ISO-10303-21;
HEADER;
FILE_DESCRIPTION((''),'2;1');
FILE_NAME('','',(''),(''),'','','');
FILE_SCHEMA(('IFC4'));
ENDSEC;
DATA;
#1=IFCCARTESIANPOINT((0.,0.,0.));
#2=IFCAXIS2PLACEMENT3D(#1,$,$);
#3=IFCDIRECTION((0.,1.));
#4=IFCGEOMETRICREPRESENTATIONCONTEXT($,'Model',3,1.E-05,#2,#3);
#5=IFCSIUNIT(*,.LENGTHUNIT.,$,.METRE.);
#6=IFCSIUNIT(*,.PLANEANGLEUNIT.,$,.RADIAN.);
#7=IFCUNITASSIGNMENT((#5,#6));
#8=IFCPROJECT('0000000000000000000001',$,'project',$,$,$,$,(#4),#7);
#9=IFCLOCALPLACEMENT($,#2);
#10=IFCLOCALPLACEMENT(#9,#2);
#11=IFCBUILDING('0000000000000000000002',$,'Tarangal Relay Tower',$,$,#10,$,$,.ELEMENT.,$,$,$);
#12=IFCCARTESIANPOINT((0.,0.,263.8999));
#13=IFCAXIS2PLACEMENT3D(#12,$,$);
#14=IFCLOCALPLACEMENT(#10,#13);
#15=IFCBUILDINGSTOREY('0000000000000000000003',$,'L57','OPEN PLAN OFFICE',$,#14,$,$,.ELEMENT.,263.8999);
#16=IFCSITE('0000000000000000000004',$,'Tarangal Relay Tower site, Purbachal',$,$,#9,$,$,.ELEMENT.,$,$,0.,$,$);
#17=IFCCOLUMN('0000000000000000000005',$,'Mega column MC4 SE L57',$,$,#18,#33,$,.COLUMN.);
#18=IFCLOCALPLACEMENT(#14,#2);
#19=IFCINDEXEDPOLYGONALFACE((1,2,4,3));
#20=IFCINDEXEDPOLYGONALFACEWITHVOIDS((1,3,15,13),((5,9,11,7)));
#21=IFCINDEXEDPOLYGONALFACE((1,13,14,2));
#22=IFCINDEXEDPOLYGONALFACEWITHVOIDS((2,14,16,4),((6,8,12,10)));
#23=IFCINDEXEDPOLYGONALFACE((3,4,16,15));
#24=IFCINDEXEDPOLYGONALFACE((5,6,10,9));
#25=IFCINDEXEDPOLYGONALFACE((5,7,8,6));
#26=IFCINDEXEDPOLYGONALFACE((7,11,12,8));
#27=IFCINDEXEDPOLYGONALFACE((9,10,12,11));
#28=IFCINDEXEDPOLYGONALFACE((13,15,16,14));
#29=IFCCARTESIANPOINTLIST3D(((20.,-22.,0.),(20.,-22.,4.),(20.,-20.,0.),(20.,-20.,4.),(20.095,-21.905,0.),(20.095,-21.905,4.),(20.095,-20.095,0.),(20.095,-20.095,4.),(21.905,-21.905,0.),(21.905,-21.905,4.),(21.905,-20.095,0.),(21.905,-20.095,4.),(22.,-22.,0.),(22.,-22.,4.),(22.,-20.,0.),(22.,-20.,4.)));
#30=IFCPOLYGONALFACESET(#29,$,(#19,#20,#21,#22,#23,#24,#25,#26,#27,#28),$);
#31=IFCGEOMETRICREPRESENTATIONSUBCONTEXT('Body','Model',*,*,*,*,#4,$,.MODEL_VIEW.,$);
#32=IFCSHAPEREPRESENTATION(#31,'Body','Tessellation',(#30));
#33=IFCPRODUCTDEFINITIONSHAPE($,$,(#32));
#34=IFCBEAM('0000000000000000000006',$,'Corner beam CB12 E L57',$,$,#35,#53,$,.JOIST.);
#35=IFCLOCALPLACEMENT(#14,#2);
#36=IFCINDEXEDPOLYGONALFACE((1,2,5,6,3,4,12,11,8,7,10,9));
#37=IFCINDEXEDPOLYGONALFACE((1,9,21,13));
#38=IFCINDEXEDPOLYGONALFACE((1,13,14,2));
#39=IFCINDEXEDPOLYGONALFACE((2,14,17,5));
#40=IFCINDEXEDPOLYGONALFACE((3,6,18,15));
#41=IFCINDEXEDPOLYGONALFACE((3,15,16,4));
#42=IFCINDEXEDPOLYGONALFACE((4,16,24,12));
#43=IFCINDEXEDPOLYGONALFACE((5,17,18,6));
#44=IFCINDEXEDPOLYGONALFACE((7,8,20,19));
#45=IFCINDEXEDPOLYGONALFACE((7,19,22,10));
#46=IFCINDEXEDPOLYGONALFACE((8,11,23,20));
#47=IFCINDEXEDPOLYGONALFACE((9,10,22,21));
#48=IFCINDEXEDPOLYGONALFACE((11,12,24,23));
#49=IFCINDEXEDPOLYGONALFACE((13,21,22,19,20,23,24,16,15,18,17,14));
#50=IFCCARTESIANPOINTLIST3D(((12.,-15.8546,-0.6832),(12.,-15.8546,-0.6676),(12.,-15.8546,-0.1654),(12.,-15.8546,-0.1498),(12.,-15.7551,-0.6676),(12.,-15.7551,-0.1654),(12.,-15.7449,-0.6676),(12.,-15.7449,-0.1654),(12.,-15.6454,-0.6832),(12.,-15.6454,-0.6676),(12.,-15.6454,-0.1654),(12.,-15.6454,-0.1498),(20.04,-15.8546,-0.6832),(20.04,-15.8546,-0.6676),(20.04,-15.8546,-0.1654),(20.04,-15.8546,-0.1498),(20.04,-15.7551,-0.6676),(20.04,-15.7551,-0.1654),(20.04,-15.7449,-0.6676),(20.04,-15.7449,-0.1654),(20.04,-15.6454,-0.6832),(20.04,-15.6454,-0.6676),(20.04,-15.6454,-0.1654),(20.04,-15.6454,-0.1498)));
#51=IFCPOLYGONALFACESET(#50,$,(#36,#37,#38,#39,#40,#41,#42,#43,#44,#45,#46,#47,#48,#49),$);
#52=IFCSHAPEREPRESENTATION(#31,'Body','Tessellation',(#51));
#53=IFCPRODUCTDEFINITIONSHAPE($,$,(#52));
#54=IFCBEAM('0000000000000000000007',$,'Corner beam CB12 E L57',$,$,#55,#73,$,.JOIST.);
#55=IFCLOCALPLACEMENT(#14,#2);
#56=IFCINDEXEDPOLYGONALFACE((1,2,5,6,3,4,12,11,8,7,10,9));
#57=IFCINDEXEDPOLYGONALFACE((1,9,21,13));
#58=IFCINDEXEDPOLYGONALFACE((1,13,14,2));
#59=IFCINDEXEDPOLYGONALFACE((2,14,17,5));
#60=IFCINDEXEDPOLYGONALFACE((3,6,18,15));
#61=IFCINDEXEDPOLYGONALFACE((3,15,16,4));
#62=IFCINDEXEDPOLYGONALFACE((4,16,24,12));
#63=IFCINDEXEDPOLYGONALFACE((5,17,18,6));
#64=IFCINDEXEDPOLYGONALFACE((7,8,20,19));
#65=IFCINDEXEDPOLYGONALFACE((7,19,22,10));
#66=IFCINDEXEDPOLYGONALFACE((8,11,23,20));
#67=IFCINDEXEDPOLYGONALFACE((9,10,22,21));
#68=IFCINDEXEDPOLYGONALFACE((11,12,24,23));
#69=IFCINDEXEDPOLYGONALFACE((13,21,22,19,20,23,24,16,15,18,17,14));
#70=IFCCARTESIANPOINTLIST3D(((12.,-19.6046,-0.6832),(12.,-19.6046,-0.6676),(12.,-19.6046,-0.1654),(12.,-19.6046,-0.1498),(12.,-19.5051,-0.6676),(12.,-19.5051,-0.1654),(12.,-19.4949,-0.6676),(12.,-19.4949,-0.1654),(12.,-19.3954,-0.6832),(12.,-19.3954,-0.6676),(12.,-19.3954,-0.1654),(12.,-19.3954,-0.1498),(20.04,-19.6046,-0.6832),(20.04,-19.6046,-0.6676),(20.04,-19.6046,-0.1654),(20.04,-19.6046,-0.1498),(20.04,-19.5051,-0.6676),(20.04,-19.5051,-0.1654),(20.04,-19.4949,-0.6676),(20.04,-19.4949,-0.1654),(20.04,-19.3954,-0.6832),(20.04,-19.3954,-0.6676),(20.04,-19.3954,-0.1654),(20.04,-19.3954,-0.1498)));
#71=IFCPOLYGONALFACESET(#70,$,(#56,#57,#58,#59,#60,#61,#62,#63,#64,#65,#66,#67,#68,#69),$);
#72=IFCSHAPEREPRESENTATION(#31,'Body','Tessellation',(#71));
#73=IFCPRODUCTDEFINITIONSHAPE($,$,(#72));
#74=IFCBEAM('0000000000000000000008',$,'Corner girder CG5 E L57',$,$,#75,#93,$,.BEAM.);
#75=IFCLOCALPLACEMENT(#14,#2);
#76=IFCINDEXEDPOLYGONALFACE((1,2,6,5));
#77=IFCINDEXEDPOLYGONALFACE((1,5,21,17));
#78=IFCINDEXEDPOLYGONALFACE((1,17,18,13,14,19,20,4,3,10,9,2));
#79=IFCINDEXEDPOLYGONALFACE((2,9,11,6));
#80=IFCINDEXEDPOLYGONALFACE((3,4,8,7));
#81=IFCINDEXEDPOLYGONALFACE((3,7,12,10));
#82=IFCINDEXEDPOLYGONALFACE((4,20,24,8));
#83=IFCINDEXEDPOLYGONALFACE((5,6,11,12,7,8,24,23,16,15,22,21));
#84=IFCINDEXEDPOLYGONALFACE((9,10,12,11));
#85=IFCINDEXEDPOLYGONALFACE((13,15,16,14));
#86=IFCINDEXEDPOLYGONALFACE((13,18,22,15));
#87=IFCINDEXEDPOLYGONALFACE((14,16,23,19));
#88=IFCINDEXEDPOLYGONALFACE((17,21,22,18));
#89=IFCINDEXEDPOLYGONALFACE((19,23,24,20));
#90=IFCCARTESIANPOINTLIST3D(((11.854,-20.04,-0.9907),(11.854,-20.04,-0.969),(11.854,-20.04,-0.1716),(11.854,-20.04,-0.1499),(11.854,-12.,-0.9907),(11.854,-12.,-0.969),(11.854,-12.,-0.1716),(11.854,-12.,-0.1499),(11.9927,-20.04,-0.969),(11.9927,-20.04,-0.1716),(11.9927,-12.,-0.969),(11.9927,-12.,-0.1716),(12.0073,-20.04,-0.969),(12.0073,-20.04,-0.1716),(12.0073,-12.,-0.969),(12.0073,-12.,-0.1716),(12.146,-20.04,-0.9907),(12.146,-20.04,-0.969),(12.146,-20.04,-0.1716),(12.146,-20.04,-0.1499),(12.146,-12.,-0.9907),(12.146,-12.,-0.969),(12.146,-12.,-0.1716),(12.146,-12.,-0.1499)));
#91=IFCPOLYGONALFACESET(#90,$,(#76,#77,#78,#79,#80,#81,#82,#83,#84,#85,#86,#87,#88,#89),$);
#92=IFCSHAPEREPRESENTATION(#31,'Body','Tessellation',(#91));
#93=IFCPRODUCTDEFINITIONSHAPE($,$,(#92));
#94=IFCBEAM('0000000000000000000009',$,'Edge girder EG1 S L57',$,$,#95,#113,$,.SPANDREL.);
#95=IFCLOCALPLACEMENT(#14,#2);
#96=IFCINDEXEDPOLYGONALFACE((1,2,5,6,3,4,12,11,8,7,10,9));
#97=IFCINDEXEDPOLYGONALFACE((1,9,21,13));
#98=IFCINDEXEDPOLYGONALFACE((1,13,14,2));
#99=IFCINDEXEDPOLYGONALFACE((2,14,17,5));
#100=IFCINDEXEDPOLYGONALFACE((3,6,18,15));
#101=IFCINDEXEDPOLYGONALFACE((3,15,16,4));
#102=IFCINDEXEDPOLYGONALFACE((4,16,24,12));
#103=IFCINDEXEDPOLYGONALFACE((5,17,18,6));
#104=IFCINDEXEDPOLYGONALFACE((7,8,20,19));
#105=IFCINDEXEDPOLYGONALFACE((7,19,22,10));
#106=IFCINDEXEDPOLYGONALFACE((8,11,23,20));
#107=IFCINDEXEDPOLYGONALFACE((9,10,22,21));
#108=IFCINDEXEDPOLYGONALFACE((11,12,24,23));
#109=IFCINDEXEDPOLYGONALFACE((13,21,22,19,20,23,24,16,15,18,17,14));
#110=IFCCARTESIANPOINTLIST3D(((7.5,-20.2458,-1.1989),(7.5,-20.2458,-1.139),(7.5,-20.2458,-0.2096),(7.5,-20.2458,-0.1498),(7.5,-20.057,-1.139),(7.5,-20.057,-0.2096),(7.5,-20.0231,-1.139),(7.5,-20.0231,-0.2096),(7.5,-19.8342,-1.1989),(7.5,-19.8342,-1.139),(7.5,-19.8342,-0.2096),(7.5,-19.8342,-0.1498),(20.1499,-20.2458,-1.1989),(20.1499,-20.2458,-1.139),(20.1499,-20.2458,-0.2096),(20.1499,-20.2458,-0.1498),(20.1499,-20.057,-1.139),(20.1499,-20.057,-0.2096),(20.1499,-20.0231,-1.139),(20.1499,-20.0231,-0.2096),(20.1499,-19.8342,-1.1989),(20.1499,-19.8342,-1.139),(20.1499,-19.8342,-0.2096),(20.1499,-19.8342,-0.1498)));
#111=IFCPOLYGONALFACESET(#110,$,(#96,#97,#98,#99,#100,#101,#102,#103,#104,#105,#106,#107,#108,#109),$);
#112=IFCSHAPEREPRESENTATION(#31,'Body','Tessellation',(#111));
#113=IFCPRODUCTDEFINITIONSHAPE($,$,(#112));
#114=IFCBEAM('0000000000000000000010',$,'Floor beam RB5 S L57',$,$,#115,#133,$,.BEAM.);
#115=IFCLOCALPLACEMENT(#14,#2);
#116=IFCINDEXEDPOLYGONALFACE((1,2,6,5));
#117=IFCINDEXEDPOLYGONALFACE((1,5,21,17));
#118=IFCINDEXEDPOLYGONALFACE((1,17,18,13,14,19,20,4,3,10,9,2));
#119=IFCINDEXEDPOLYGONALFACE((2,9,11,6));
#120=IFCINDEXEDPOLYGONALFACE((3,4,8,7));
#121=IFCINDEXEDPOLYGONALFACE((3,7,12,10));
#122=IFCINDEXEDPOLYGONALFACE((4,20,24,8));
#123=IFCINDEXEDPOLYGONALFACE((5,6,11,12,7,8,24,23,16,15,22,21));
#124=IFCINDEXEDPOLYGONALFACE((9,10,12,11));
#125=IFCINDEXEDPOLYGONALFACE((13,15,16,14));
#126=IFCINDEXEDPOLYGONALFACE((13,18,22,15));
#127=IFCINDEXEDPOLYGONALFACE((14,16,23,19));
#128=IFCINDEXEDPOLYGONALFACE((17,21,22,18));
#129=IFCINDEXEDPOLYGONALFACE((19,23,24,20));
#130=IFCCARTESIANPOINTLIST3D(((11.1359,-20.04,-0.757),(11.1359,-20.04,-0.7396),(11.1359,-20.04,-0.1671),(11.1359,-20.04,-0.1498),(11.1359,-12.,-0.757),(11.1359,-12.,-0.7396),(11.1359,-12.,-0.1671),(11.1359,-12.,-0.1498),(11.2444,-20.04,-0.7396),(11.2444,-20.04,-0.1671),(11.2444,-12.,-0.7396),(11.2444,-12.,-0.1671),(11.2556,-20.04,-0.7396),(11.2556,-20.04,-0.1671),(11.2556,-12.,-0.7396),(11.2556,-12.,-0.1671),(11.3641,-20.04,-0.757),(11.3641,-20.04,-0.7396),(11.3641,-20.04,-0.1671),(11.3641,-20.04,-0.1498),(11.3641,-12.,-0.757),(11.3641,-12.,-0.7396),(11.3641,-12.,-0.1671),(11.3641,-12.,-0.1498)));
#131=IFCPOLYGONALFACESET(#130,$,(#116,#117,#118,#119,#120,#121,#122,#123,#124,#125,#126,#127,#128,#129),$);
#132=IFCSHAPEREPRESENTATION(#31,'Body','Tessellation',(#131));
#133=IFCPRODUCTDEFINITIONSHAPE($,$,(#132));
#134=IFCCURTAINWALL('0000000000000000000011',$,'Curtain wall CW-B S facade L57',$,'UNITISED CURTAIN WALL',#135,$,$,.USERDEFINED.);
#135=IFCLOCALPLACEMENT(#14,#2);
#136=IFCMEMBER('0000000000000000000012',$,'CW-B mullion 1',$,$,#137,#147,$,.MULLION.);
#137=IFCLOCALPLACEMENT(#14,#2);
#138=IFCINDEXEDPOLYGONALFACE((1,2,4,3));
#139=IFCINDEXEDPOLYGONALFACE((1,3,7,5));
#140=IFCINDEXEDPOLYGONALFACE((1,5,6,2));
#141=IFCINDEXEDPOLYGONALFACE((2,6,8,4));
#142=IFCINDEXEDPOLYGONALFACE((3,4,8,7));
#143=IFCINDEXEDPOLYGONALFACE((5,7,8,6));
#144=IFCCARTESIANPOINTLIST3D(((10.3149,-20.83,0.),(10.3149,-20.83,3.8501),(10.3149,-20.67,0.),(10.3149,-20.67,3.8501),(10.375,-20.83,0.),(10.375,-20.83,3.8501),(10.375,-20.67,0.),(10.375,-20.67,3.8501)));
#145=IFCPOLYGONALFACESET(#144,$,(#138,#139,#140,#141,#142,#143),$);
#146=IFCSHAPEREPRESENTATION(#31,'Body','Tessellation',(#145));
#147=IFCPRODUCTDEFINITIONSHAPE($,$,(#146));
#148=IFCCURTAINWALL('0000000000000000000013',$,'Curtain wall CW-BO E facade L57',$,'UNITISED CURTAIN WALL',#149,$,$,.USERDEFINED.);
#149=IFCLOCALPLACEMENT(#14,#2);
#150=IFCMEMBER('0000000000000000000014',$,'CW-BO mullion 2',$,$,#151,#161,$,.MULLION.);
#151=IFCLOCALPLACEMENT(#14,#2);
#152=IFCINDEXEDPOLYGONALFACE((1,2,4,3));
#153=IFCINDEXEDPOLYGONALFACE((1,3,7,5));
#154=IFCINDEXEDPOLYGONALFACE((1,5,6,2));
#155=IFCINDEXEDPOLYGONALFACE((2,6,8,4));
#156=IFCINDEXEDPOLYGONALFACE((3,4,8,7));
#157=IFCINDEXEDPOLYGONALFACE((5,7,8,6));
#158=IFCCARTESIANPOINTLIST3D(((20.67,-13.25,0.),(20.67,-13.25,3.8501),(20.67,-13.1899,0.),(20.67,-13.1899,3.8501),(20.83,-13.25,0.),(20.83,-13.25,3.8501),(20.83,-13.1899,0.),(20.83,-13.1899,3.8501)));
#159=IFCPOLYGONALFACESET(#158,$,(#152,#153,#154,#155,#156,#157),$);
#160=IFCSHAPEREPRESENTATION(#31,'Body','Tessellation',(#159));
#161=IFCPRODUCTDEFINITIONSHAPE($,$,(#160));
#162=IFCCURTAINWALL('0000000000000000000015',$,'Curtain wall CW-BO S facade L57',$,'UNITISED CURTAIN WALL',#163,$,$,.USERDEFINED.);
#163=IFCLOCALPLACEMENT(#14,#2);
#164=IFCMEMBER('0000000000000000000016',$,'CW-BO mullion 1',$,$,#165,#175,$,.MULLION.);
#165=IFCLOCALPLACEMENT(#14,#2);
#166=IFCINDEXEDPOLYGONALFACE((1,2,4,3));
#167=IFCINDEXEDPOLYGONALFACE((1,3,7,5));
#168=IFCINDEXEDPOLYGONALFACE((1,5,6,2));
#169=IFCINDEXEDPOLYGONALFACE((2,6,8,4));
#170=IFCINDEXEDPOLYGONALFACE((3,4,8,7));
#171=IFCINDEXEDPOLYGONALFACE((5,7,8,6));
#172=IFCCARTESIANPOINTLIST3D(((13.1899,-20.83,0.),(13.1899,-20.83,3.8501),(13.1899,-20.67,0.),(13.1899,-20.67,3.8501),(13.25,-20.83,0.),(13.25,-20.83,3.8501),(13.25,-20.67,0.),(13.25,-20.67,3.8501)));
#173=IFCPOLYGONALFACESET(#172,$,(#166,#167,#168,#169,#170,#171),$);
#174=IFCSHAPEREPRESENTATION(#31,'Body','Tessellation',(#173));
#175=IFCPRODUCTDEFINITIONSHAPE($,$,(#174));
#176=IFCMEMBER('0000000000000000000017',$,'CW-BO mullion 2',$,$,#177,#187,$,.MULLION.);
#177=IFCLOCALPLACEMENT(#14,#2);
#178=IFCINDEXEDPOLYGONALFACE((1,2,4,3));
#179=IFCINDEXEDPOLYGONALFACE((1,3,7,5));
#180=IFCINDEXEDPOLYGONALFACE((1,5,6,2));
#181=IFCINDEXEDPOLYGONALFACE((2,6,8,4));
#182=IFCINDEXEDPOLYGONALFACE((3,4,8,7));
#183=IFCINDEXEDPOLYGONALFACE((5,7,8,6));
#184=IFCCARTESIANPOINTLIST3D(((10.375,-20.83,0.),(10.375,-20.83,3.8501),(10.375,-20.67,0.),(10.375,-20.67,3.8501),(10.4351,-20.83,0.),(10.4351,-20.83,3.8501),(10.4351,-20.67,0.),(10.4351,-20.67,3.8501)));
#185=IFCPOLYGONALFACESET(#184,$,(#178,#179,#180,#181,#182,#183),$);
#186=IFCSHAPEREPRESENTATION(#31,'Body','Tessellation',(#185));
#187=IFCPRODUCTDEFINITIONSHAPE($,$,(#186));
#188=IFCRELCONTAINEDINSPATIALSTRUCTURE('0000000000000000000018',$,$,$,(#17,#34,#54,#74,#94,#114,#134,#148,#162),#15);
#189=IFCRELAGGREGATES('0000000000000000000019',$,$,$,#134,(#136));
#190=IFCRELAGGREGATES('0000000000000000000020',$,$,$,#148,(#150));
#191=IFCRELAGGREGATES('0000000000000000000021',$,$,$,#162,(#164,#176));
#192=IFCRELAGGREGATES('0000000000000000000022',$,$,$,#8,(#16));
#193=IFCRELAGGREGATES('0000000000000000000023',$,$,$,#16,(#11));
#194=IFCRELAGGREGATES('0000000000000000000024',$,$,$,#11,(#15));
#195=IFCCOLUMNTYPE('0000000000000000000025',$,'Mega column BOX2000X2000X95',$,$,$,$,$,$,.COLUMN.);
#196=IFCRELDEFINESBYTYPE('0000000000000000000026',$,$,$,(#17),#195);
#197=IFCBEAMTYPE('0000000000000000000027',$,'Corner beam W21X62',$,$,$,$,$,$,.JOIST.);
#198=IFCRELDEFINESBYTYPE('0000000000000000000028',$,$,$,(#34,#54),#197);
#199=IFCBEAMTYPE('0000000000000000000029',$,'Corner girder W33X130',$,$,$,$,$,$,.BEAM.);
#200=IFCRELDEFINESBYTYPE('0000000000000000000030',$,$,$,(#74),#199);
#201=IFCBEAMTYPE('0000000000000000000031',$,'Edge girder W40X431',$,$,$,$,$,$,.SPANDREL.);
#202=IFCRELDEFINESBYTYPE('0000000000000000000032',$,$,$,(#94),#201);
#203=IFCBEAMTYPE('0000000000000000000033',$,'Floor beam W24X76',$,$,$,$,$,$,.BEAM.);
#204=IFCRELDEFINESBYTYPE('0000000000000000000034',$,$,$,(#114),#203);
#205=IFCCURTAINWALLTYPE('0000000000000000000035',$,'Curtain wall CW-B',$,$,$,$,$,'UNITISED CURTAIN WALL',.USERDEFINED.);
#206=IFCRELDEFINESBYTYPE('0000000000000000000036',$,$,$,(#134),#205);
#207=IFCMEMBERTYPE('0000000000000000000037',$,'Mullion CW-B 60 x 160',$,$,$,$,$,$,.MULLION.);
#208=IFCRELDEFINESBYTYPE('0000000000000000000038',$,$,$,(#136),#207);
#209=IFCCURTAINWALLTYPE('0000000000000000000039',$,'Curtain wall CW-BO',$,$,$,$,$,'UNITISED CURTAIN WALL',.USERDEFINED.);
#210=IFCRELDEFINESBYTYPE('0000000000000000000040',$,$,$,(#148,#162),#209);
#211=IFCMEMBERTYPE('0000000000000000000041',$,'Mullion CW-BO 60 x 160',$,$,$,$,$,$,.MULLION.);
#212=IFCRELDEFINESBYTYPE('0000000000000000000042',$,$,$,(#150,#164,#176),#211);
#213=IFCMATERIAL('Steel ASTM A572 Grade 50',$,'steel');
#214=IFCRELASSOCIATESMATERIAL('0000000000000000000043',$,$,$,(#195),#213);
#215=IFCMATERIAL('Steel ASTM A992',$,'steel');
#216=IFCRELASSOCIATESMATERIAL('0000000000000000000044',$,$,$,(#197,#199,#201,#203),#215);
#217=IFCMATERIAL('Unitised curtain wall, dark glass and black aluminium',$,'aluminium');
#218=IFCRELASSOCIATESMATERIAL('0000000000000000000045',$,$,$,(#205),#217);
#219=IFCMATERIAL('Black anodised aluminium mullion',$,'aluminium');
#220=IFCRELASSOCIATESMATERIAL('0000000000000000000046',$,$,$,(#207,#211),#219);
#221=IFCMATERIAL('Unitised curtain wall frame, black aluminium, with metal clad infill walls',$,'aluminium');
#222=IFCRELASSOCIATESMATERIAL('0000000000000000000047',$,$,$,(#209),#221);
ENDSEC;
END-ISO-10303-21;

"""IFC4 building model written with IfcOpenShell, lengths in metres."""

from ifc_helpers import new_model, si_unit, direction, frame, origin, origin_2d, place, context, subcontext, project, spatial, rectangle, hollow_rectangle, i_section, extrude, material, material_profile, profile_set, type_object, element, aggregate, save


model = new_model("IFC4")

# Units and contexts
model_context = context("Model", 3, precision=1e-05, world=origin(), true_north=direction((0.0, 1.0)))
body_context = subcontext(model_context, "Body", "Model", "MODEL_VIEW")
ifc_project = project(units=[si_unit("LENGTHUNIT", "METRE"), si_unit("PLANEANGLEUNIT", "RADIAN")], contexts=[model_context])

# Site, building, storey
site_placement = place(None, origin())
site = spatial("IfcSite", under=ifc_project, at=site_placement, Name="Tarangal Relay Tower site, Purbachal", CompositionType="ELEMENT", RefElevation=0.0)
building_placement = place(site_placement, origin())
building = spatial("IfcBuilding", under=site, at=building_placement, Name="Tarangal Relay Tower", CompositionType="ELEMENT")
storey_placement = place(building_placement, frame((0.0, 0.0, 263.8999)))
storey = spatial("IfcBuildingStorey", under=building, at=storey_placement, Name="L57", Description="OPEN PLAN OFFICE", CompositionType="ELEMENT", Elevation=263.8999)

# Column
ifc_material_1 = material(Name="Steel ASTM A572 Grade 50", Category="steel")
ifc_material_profile_1 = material_profile(ifc_material_1, hollow_rectangle(XDim=2.0, YDim=2.0, WallThickness=0.095, at=origin_2d()), Name="BOX2000X2000X95")
ifc_profile_set_1 = profile_set([ifc_material_profile_1], Name="Steel ASTM A572 Grade 50")
column_type = type_object("IfcColumnType", Name="Mega column BOX2000X2000X95", PredefinedType="COLUMN", material=ifc_profile_set_1)
column_placement = place(storey_placement, frame((21.0, -21.0, 0.0), z_axis=(0.0, 0.0, 1.0), x_axis=(1.0, 0.0, 0.0)))
element("IfcColumn", 1, at=column_placement, inside=storey, type_object=column_type, Name="Mega column MC4 SE L57", PredefinedType="COLUMN", context=body_context, shape_type="SweptSolid", body=[
    extrude(hollow_rectangle(XDim=2.0, YDim=2.0, WallThickness=0.095, at=origin_2d()), origin(), (0.0, 0.0, 1.0), 4.0),
])

# Beams
ifc_material_2 = material(Name="Steel ASTM A992", Category="steel")
ifc_material_profile_2 = material_profile(ifc_material_2, i_section(OverallWidth=0.2092, OverallDepth=0.5334, WebThickness=0.0103, FlangeThickness=0.0156, at=origin_2d()), Name="W21X62")
ifc_profile_set_2 = profile_set([ifc_material_profile_2], Name="Steel ASTM A992")
beam_type_1 = type_object("IfcBeamType", Name="Corner beam W21X62", PredefinedType="JOIST", material=ifc_profile_set_2)
for number, where, z_axis, x_axis, name in (
    (2, (12.0, -15.75, -0.4165), (1.0, 0.0, 0.0), (0.0, 1.0, 0.0), "Corner beam CB12 E L57"),
    (3, (12.0, -19.5, -0.4165), (1.0, 0.0, 0.0), (0.0, 1.0, 0.0), "Corner beam CB12 E L57"),
):
    element("IfcBeam", number, at=place(storey_placement, frame(where, z_axis=z_axis, x_axis=x_axis)), inside=storey, type_object=beam_type_1, Name=name, PredefinedType="JOIST", context=body_context, shape_type="SweptSolid", body=[
        extrude(i_section(OverallWidth=0.2092, OverallDepth=0.5334, WebThickness=0.0103, FlangeThickness=0.0156, at=origin_2d()), origin(), (0.0, 0.0, 1.0), 8.04),
    ])
ifc_material_profile_3 = material_profile(ifc_material_2, i_section(OverallWidth=0.292, OverallDepth=0.8408, WebThickness=0.0146, FlangeThickness=0.0217, at=origin_2d()), Name="W33X130")
ifc_profile_set_3 = profile_set([ifc_material_profile_3], Name="Steel ASTM A992")
beam_type_2 = type_object("IfcBeamType", Name="Corner girder W33X130", PredefinedType="BEAM", material=ifc_profile_set_3)
beam_1_placement = place(storey_placement, frame((12.0, -12.0, -0.5703), z_axis=(0.0, -1.0, 0.0), x_axis=(1.0, 0.0, 0.0)))
element("IfcBeam", 4, at=beam_1_placement, inside=storey, type_object=beam_type_2, Name="Corner girder CG5 E L57", PredefinedType="BEAM", context=body_context, shape_type="SweptSolid", body=[
    extrude(i_section(OverallWidth=0.292, OverallDepth=0.8408, WebThickness=0.0146, FlangeThickness=0.0217, at=origin_2d()), origin(), (0.0, 0.0, 1.0), 8.04),
])
ifc_material_profile_4 = material_profile(ifc_material_2, i_section(OverallWidth=0.4116, OverallDepth=1.0491, WebThickness=0.0339, FlangeThickness=0.0598, at=origin_2d()), Name="W40X431")
ifc_profile_set_4 = profile_set([ifc_material_profile_4], Name="Steel ASTM A992")
beam_type_3 = type_object("IfcBeamType", Name="Edge girder W40X431", PredefinedType="SPANDREL", material=ifc_profile_set_4)
beam_2_placement = place(storey_placement, frame((20.1499, -20.04, -0.6743), z_axis=(-1.0, 0.0, 0.0), x_axis=(0.0, -1.0, 0.0)))
element("IfcBeam", 5, at=beam_2_placement, inside=storey, type_object=beam_type_3, Name="Edge girder EG1 S L57", PredefinedType="SPANDREL", context=body_context, shape_type="SweptSolid", body=[
    extrude(i_section(OverallWidth=0.4116, OverallDepth=1.0491, WebThickness=0.0339, FlangeThickness=0.0598, at=origin_2d()), origin(), (0.0, 0.0, 1.0), 12.6499),
])
ifc_material_profile_5 = material_profile(ifc_material_2, i_section(OverallWidth=0.2283, OverallDepth=0.6072, WebThickness=0.0112, FlangeThickness=0.0173, at=origin_2d()), Name="W24X76")
ifc_profile_set_5 = profile_set([ifc_material_profile_5], Name="Steel ASTM A992")
beam_type_4 = type_object("IfcBeamType", Name="Floor beam W24X76", PredefinedType="BEAM", material=ifc_profile_set_5)
beam_3_placement = place(storey_placement, frame((11.25, -12.0, -0.4534), z_axis=(0.0, -1.0, 0.0), x_axis=(1.0, 0.0, 0.0)))
element("IfcBeam", 6, at=beam_3_placement, inside=storey, type_object=beam_type_4, Name="Floor beam RB5 S L57", PredefinedType="BEAM", context=body_context, shape_type="SweptSolid", body=[
    extrude(i_section(OverallWidth=0.2283, OverallDepth=0.6072, WebThickness=0.0112, FlangeThickness=0.0173, at=origin_2d()), origin(), (0.0, 0.0, 1.0), 8.04),
])

# Curtain walls, members
ifc_material_3 = material(Name="Unitised curtain wall, dark glass and black aluminium", Category="aluminium")
curtain_wall_type_1 = type_object("IfcCurtainWallType", Name="Curtain wall CW-B", ElementType="UNITISED CURTAIN WALL", PredefinedType="USERDEFINED", material=ifc_material_3)
curtain_wall_1_placement = place(storey_placement, origin())
curtain_wall_1 = element("IfcCurtainWall", 7, at=curtain_wall_1_placement, inside=storey, type_object=curtain_wall_type_1, Name="Curtain wall CW-B S facade L57", ObjectType="UNITISED CURTAIN WALL", PredefinedType="USERDEFINED")
ifc_material_4 = material(Name="Black anodised aluminium mullion", Category="aluminium")
ifc_material_profile_6 = material_profile(ifc_material_4, rectangle(XDim=0.1599, YDim=0.0601, at=origin_2d()), Name="CW-BM 60X160")
ifc_profile_set_6 = profile_set([ifc_material_profile_6], Name="Black anodised aluminium mullion")
member_type_1 = type_object("IfcMemberType", Name="Mullion CW-B 60 x 160", PredefinedType="MULLION", material=ifc_profile_set_6)
member_1_placement = place(storey_placement, frame((10.345, -20.75, 0.0), z_axis=(0.0, 0.0, 1.0), x_axis=(0.0, -1.0, 0.0)))
member_1 = element("IfcMember", 8, at=member_1_placement, type_object=member_type_1, Name="CW-B mullion 1", PredefinedType="MULLION", context=body_context, shape_type="SweptSolid", body=[
    extrude(rectangle(XDim=0.1599, YDim=0.0601, at=origin_2d()), origin(), (0.0, 0.0, 1.0), 3.8501),
])
aggregate(curtain_wall_1, [member_1])
ifc_material_5 = material(Name="Unitised curtain wall frame, black aluminium, with metal clad infill walls", Category="aluminium")
curtain_wall_type_2 = type_object("IfcCurtainWallType", Name="Curtain wall CW-BO", ElementType="UNITISED CURTAIN WALL", PredefinedType="USERDEFINED", material=ifc_material_5)
curtain_wall_2_placement = place(storey_placement, origin())
curtain_wall_2 = element("IfcCurtainWall", 9, at=curtain_wall_2_placement, inside=storey, type_object=curtain_wall_type_2, Name="Curtain wall CW-BO E facade L57", ObjectType="UNITISED CURTAIN WALL", PredefinedType="USERDEFINED")
ifc_material_profile_7 = material_profile(ifc_material_4, rectangle(XDim=0.1599, YDim=0.0601, at=origin_2d()), Name="CW-BOM 60X160")
ifc_profile_set_7 = profile_set([ifc_material_profile_7], Name="Black anodised aluminium mullion")
member_type_2 = type_object("IfcMemberType", Name="Mullion CW-BO 60 x 160", PredefinedType="MULLION", material=ifc_profile_set_7)
member_2_placement = place(storey_placement, frame((20.75, -13.22, 0.0), z_axis=(0.0, 0.0, 1.0), x_axis=(1.0, 0.0, 0.0)))
member_2 = element("IfcMember", 10, at=member_2_placement, type_object=member_type_2, Name="CW-BO mullion 2", PredefinedType="MULLION", context=body_context, shape_type="SweptSolid", body=[
    extrude(rectangle(XDim=0.1599, YDim=0.0601, at=origin_2d()), origin(), (0.0, 0.0, 1.0), 3.8501),
])
aggregate(curtain_wall_2, [member_2])

# Curtain wall, members
curtain_wall_3_placement = place(storey_placement, origin())
curtain_wall_3 = element("IfcCurtainWall", 11, at=curtain_wall_3_placement, inside=storey, type_object=curtain_wall_type_2, Name="Curtain wall CW-BO S facade L57", ObjectType="UNITISED CURTAIN WALL", PredefinedType="USERDEFINED")
member_3_placement = place(storey_placement, frame((13.22, -20.75, 0.0), z_axis=(0.0, 0.0, 1.0), x_axis=(0.0, -1.0, 0.0)))
member_3 = element("IfcMember", 12, at=member_3_placement, type_object=member_type_2, Name="CW-BO mullion 1", PredefinedType="MULLION", context=body_context, shape_type="SweptSolid", body=[
    extrude(rectangle(XDim=0.1599, YDim=0.0601, at=origin_2d()), origin(), (0.0, 0.0, 1.0), 3.8501),
])
member_4_placement = place(storey_placement, frame((10.405, -20.75, 0.0), z_axis=(0.0, 0.0, 1.0), x_axis=(0.0, -1.0, 0.0)))
member_4 = element("IfcMember", 13, at=member_4_placement, type_object=member_type_2, Name="CW-BO mullion 2", PredefinedType="MULLION", context=body_context, shape_type="SweptSolid", body=[
    extrude(rectangle(XDim=0.1599, YDim=0.0601, at=origin_2d()), origin(), (0.0, 0.0, 1.0), 3.8501),
])
aggregate(curtain_wall_3, [member_3, member_4])

save(model, "model.ifc")
